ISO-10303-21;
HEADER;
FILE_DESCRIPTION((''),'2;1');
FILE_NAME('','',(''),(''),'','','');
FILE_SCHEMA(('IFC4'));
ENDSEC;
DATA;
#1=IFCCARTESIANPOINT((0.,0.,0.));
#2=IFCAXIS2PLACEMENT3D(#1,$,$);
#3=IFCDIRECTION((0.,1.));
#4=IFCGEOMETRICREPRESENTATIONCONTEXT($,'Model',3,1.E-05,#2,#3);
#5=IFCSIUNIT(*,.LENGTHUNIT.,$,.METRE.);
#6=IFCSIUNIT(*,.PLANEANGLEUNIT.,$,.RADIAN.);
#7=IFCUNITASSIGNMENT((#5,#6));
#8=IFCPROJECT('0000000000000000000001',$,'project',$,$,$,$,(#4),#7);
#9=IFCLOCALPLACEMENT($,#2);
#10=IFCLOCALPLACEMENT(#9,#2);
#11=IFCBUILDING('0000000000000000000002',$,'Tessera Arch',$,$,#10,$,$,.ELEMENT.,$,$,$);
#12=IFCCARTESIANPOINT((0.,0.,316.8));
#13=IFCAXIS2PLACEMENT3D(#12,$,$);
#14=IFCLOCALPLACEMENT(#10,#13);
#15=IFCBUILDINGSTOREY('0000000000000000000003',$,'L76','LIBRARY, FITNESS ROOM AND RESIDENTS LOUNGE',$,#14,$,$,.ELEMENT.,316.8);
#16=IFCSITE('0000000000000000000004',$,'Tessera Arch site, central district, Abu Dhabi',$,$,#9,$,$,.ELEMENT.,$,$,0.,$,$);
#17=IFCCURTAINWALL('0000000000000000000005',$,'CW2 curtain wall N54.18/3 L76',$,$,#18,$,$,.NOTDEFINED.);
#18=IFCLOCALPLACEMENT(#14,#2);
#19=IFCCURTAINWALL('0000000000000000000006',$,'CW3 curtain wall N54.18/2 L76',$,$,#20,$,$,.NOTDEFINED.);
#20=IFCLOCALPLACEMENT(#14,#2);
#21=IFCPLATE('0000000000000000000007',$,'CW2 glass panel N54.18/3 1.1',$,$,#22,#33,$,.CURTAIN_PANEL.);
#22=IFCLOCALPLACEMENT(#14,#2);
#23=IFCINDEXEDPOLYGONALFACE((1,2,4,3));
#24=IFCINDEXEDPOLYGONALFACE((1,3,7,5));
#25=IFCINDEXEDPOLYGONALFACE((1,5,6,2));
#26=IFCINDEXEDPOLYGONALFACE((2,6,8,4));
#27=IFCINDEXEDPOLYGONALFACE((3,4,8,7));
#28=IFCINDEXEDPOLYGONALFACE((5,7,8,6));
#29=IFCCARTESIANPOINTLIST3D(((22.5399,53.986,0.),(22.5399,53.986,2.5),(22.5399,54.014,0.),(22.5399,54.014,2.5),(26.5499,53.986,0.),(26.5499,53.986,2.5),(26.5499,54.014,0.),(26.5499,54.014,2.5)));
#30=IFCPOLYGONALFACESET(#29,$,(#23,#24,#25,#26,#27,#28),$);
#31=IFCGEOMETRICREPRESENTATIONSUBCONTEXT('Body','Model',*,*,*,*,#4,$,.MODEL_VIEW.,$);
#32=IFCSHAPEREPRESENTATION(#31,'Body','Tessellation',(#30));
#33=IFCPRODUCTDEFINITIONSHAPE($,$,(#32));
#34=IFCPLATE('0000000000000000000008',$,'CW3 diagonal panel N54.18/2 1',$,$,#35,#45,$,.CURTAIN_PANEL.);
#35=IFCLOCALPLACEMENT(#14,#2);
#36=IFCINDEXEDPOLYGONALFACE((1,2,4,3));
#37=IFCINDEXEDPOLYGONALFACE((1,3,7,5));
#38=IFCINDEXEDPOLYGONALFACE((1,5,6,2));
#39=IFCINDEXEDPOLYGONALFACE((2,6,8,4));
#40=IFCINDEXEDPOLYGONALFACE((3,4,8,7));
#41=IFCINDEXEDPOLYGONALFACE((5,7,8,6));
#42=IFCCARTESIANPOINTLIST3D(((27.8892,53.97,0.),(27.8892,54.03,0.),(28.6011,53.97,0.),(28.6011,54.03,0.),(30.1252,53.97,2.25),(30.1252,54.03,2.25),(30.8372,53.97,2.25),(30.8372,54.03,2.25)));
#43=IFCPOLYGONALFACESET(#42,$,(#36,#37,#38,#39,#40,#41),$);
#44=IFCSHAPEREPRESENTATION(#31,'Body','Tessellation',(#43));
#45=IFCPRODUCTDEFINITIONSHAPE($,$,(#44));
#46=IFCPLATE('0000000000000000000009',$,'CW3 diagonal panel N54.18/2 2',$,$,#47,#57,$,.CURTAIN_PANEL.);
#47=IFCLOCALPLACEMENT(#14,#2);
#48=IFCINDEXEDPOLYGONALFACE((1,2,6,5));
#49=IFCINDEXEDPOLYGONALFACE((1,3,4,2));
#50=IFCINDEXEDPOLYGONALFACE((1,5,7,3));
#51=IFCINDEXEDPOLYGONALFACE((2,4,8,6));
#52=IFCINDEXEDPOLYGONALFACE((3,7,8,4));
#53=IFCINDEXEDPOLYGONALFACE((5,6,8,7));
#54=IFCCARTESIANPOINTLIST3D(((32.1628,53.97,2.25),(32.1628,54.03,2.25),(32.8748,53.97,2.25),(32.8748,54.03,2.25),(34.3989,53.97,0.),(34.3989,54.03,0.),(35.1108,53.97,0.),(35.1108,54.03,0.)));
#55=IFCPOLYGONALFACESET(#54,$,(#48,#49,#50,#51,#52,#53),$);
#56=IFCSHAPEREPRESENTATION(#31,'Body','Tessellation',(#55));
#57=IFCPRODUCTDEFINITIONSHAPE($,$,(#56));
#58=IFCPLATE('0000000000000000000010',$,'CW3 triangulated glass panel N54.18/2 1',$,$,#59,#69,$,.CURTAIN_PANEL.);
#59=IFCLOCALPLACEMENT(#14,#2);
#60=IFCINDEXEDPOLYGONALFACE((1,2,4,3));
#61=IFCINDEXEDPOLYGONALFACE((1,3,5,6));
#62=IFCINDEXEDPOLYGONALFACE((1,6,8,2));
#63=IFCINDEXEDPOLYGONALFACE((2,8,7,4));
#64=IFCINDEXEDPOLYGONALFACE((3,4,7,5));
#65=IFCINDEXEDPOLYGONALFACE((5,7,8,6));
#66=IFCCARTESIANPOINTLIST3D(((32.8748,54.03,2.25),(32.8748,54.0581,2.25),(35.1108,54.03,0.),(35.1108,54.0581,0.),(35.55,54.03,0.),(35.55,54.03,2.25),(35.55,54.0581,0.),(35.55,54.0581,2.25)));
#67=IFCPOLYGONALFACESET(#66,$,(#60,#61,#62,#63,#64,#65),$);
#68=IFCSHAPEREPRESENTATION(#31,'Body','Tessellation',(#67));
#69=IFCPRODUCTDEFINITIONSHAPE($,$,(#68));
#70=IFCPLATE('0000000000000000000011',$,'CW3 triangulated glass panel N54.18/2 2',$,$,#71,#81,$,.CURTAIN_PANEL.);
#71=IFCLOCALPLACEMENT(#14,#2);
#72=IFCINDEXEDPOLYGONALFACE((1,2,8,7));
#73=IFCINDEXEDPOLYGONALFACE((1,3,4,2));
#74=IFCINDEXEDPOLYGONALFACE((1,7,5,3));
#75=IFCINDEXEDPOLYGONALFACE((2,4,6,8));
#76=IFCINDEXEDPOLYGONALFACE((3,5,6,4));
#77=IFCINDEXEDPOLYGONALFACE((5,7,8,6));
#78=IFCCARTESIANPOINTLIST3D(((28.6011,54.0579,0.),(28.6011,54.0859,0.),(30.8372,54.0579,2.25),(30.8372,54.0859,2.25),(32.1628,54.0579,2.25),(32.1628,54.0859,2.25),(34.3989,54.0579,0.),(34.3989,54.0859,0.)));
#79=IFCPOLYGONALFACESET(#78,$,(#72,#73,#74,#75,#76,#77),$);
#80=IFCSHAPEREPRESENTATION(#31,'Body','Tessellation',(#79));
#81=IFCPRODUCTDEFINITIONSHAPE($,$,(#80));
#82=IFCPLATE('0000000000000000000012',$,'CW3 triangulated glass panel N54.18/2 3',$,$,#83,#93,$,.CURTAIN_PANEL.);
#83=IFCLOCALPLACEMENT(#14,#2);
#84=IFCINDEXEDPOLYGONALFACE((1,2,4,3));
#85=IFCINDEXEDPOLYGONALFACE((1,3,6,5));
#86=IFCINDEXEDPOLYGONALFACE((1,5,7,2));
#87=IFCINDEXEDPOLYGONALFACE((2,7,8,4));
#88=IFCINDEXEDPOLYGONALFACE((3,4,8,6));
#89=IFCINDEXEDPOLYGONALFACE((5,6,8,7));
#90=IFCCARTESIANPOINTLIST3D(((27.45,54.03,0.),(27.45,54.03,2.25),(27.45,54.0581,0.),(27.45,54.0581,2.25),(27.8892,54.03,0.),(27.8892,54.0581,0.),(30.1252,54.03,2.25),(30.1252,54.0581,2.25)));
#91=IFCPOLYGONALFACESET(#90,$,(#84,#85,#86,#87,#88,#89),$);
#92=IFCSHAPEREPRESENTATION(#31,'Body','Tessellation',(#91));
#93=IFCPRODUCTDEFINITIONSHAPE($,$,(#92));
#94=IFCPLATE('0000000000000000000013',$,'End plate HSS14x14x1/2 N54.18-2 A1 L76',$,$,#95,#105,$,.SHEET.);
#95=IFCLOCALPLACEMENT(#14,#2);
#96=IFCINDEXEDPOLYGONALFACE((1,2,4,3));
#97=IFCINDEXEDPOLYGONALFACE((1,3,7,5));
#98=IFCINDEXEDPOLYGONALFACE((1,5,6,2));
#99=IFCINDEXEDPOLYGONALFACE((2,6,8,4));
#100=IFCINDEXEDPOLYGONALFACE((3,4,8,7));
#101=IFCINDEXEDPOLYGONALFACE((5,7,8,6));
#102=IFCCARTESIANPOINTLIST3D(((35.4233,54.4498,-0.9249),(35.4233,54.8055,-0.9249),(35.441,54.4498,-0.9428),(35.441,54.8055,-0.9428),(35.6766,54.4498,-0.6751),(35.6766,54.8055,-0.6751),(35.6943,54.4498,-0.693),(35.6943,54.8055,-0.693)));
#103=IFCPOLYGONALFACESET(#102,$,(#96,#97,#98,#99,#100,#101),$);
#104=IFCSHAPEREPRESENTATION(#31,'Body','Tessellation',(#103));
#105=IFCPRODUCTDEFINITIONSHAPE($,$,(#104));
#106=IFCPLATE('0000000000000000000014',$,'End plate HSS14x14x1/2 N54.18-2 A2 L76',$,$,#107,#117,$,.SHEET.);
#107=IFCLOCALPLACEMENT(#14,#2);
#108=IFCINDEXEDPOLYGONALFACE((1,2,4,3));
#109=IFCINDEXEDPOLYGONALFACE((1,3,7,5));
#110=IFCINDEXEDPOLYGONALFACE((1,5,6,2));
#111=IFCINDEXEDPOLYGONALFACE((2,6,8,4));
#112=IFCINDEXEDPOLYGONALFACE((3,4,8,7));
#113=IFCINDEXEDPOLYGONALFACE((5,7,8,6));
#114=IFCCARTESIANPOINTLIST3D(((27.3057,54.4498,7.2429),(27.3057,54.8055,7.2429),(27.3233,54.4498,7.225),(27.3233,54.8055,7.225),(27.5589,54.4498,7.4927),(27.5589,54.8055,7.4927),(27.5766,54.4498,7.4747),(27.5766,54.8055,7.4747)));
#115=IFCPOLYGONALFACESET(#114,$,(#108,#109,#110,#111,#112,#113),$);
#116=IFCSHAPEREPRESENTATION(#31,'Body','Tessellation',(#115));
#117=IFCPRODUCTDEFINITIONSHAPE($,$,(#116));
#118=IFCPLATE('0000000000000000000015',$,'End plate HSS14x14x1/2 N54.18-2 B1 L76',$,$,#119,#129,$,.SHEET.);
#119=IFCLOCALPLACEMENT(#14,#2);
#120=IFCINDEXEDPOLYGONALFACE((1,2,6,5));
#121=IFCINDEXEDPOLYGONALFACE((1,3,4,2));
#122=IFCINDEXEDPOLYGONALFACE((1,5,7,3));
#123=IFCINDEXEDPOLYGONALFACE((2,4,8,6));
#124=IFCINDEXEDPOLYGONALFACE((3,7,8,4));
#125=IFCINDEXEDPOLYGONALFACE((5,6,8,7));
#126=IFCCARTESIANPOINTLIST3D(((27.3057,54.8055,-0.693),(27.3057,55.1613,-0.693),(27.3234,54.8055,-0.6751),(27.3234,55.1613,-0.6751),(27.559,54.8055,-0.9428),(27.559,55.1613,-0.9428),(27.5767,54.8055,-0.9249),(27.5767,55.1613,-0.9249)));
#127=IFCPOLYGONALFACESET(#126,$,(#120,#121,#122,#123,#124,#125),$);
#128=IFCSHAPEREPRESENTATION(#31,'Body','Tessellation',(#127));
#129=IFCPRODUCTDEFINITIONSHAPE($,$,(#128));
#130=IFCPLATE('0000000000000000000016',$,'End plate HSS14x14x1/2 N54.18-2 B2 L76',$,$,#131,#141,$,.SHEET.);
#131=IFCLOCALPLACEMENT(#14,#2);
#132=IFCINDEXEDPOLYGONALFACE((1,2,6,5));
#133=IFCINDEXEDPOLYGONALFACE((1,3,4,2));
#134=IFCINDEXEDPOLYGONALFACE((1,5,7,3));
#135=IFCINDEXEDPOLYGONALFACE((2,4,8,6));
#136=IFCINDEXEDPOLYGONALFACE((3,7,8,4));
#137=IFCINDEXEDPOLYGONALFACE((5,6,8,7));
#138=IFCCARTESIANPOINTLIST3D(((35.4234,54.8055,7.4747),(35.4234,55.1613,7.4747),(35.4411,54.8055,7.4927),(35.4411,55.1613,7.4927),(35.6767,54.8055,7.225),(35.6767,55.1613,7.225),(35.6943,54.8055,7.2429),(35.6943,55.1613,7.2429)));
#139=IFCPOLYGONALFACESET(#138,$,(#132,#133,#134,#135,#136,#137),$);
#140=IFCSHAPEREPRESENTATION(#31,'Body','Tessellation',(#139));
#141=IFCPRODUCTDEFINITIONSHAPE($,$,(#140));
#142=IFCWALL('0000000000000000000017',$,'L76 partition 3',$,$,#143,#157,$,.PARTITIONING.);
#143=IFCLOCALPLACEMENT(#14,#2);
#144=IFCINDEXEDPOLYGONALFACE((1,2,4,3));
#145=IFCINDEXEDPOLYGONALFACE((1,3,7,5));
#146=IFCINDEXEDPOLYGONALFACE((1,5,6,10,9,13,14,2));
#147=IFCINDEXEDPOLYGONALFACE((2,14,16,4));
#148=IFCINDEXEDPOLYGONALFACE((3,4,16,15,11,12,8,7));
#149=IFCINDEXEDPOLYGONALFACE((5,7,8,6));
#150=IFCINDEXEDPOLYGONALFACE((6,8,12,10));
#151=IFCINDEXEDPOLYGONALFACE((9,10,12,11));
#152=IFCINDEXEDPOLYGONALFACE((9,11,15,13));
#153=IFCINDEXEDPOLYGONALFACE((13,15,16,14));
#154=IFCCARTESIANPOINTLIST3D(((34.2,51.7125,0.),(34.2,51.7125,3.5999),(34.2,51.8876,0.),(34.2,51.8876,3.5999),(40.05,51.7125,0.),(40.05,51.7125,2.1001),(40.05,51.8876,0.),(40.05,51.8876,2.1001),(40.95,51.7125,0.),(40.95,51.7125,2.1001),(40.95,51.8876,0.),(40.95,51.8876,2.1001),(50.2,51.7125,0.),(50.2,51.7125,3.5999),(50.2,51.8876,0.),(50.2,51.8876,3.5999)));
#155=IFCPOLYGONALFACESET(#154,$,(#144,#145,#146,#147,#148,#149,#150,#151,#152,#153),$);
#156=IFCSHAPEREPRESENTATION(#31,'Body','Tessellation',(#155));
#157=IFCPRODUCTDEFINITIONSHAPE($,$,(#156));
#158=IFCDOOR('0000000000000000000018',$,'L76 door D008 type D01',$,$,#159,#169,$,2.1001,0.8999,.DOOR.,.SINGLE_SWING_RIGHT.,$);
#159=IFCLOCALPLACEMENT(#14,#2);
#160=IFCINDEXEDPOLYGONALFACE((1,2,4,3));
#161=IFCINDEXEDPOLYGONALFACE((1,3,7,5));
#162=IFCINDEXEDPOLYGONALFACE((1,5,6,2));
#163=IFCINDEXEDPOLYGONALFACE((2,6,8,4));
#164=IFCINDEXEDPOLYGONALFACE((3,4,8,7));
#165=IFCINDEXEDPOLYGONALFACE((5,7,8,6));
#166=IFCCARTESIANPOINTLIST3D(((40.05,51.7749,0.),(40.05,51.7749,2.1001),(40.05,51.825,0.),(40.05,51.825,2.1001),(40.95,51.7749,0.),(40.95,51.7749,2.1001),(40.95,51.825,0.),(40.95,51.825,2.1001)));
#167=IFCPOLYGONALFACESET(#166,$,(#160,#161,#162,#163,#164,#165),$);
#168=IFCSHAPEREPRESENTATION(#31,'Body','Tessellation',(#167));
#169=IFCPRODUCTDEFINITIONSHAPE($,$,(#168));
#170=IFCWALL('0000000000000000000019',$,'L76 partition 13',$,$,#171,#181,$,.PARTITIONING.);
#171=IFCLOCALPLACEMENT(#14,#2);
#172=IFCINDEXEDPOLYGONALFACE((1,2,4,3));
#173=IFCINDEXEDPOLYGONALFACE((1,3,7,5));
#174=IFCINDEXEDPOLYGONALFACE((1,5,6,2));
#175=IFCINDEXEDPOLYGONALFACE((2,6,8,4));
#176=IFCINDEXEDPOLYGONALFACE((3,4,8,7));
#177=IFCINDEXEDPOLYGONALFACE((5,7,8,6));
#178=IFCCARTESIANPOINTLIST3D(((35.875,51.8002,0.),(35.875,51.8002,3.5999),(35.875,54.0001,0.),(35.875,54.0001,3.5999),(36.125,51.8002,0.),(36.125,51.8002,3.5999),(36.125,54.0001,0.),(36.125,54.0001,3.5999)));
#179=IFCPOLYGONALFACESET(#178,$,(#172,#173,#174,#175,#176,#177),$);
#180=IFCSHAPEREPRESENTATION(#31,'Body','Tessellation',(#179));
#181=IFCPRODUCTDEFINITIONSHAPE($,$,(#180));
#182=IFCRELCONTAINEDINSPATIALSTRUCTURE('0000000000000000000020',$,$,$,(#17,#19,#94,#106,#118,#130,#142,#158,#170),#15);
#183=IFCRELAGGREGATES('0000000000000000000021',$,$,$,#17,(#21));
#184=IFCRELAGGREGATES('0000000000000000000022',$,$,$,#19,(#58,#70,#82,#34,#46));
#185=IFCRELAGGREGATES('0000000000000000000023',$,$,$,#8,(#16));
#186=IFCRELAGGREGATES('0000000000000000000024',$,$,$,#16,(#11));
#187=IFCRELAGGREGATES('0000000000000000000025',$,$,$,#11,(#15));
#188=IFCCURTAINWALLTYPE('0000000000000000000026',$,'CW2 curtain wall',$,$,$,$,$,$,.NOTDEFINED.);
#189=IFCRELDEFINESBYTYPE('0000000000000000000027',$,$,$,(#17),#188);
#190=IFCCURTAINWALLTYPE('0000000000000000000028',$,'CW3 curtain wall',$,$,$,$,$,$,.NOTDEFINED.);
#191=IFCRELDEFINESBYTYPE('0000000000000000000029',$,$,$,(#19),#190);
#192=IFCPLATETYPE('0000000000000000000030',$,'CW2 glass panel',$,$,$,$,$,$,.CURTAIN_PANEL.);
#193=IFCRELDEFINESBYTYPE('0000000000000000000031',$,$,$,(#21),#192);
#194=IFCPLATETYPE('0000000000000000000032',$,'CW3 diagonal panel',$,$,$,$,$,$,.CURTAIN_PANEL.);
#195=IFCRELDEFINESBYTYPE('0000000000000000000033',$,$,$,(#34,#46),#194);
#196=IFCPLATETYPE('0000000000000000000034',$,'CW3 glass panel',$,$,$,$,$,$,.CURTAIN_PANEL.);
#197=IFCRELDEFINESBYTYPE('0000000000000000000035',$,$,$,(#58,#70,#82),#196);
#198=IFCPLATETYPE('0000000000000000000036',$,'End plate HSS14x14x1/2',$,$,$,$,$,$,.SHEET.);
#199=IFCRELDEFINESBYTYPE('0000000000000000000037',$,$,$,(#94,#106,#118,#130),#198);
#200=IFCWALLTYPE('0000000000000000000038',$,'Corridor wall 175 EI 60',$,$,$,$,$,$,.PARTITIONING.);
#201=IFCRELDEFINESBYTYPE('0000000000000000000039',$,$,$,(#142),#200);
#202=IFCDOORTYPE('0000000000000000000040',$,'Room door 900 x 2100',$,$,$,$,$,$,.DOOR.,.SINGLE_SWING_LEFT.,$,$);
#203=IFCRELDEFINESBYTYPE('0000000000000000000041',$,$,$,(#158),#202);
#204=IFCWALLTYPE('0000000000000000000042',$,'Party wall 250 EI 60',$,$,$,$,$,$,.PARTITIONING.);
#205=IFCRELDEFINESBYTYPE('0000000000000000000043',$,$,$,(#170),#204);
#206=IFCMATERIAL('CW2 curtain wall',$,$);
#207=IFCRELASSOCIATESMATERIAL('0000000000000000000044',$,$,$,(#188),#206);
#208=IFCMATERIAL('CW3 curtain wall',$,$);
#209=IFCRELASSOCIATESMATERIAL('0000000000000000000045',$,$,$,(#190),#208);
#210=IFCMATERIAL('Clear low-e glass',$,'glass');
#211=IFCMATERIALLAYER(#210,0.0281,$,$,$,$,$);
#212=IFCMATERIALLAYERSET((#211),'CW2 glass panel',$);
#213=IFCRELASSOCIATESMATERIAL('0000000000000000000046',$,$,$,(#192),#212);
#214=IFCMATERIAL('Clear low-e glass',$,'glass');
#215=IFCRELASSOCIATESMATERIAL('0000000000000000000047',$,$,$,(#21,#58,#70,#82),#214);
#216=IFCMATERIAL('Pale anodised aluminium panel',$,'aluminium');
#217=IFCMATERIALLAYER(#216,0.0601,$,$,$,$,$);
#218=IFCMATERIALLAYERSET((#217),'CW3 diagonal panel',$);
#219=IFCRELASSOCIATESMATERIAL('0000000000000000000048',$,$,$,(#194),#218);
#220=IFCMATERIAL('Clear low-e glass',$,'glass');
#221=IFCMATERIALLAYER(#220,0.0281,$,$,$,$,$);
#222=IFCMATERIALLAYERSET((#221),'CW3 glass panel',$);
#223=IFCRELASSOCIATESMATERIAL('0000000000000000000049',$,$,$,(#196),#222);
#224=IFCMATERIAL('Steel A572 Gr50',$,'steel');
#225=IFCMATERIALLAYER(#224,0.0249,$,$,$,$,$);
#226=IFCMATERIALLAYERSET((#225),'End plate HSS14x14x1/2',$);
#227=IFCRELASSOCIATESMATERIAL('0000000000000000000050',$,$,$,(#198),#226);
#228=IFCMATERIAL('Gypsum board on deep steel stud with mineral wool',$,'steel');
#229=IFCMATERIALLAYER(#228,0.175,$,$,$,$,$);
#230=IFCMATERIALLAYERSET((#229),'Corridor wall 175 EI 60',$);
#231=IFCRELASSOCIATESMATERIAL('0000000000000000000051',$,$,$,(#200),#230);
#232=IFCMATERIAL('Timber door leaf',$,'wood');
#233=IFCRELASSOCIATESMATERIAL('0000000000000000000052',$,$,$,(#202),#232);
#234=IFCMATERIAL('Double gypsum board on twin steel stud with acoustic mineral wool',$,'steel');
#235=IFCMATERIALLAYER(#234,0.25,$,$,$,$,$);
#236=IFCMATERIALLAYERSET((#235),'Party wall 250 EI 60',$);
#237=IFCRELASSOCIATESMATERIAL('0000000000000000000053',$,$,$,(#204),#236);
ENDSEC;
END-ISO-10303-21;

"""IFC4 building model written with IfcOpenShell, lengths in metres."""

from ifc_helpers import new_model, si_unit, direction, frame, frame_2d, origin, origin_2d, place, context, subcontext, project, spatial, polyline, rectangle, outline, extrude, material, layer, layer_set, type_object, element, fill, aggregate, save


model = new_model("IFC4")

# Units and contexts
model_context = context("Model", 3, precision=1e-05, world=origin(), true_north=direction((0.0, 1.0)))
body_context = subcontext(model_context, "Body", "Model", "MODEL_VIEW")
ifc_project = project(units=[si_unit("LENGTHUNIT", "METRE"), si_unit("PLANEANGLEUNIT", "RADIAN")], contexts=[model_context])

# Site, building, storey
site_placement = place(None, origin())
site = spatial("IfcSite", under=ifc_project, at=site_placement, Name="Tessera Arch site, central district, Abu Dhabi", CompositionType="ELEMENT", RefElevation=0.0)
building_placement = place(site_placement, origin())
building = spatial("IfcBuilding", under=site, at=building_placement, Name="Tessera Arch", CompositionType="ELEMENT")
storey_placement = place(building_placement, frame((0.0, 0.0, 316.8)))
storey = spatial("IfcBuildingStorey", under=building, at=storey_placement, Name="L76", Description="LIBRARY, FITNESS ROOM AND RESIDENTS LOUNGE", CompositionType="ELEMENT", Elevation=316.8)

# Curtain walls
ifc_material_1 = material(Name="CW2 curtain wall")
curtain_wall_type_1 = type_object("IfcCurtainWallType", Name="CW2 curtain wall", PredefinedType="NOTDEFINED", material=ifc_material_1)
curtain_wall_1_placement = place(storey_placement, origin())
curtain_wall_1 = element("IfcCurtainWall", 1, at=curtain_wall_1_placement, inside=storey, type_object=curtain_wall_type_1, Name="CW2 curtain wall N54.18/3 L76", PredefinedType="NOTDEFINED")
ifc_material_2 = material(Name="CW3 curtain wall")
curtain_wall_type_2 = type_object("IfcCurtainWallType", Name="CW3 curtain wall", PredefinedType="NOTDEFINED", material=ifc_material_2)
curtain_wall_2_placement = place(storey_placement, origin())
curtain_wall_2 = element("IfcCurtainWall", 2, at=curtain_wall_2_placement, inside=storey, type_object=curtain_wall_type_2, Name="CW3 curtain wall N54.18/2 L76", PredefinedType="NOTDEFINED")

# Plates
ifc_material_3 = material(Name="Clear low-e glass", Category="glass")
ifc_material_4 = material(Name="Clear low-e glass", Category="glass")
ifc_layer_1 = layer(ifc_material_4, 0.0281)
ifc_layer_set_1 = layer_set([ifc_layer_1], Name="CW2 glass panel")
plate_type_1 = type_object("IfcPlateType", Name="CW2 glass panel", PredefinedType="CURTAIN_PANEL", material=ifc_layer_set_1)
plate_1_placement = place(storey_placement, frame((24.5449, 54.0, 0.0), z_axis=(0.0, 0.0, 1.0), x_axis=(-1.0, 0.0, 0.0)))
plate_1 = element("IfcPlate", 3, at=plate_1_placement, type_object=plate_type_1, material=ifc_material_3, Name="CW2 glass panel N54.18/3 1.1", PredefinedType="CURTAIN_PANEL", context=body_context, shape_type="SweptSolid", body=[
    extrude(rectangle(XDim=4.01, YDim=0.0281, at=origin_2d()), origin(), (0.0, 0.0, 1.0), 2.5),
])
aggregate(curtain_wall_1, [plate_1])
ifc_material_5 = material(Name="Pale anodised aluminium panel", Category="aluminium")
ifc_layer_2 = layer(ifc_material_5, 0.0601)
ifc_layer_set_2 = layer_set([ifc_layer_2], Name="CW3 diagonal panel")
plate_type_2 = type_object("IfcPlateType", Name="CW3 diagonal panel", PredefinedType="CURTAIN_PANEL", material=ifc_layer_set_2)
plate_2_placement = place(storey_placement, frame((30.1252, 54.03, 2.25), z_axis=(0.0, 1.0, 0.0), x_axis=(1.0, 0.0, 0.0)))
plate_2 = element("IfcPlate", 4, at=plate_2_placement, type_object=plate_type_2, Name="CW3 diagonal panel N54.18/2 1", PredefinedType="CURTAIN_PANEL", context=body_context, shape_type="SweptSolid", body=[
    extrude(outline(polyline([(0.0, 0.0), (0.7119, 0.0), (-1.5242, 2.25), (-2.2361, 2.25), (0.0, 0.0)])), origin(), (0.0, 0.0, -1.0), 0.0601),
])
plate_3_placement = place(storey_placement, frame((32.1628, 54.03, 2.25), z_axis=(0.0, 1.0, 0.0), x_axis=(1.0, 0.0, 0.0)))
plate_3 = element("IfcPlate", 5, at=plate_3_placement, type_object=plate_type_2, Name="CW3 diagonal panel N54.18/2 2", PredefinedType="CURTAIN_PANEL", context=body_context, shape_type="SweptSolid", body=[
    extrude(outline(polyline([(0.0, 0.0), (0.7119, 0.0), (2.948, 2.25), (2.2361, 2.25), (0.0, 0.0)])), origin(), (0.0, 0.0, -1.0), 0.0601),
])
ifc_material_6 = material(Name="Clear low-e glass", Category="glass")
ifc_layer_3 = layer(ifc_material_6, 0.0281)
ifc_layer_set_3 = layer_set([ifc_layer_3], Name="CW3 glass panel")
plate_type_3 = type_object("IfcPlateType", Name="CW3 glass panel", PredefinedType="CURTAIN_PANEL", material=ifc_layer_set_3)
plate_4_placement = place(storey_placement, frame((35.55, 54.0581, 0.0), z_axis=(0.0, 1.0, 0.0), x_axis=(-1.0, 0.0, 0.0)))
plate_4 = element("IfcPlate", 6, at=plate_4_placement, type_object=plate_type_3, material=ifc_material_3, Name="CW3 triangulated glass panel N54.18/2 1", PredefinedType="CURTAIN_PANEL", context=body_context, shape_type="SweptSolid", body=[
    extrude(outline(polyline([(0.0, 0.0), (0.4392, 0.0), (2.6753, 2.25), (0.0, 2.25), (0.0, 0.0)])), origin(), (0.0, 0.0, -1.0), 0.0281),
])
plate_5_placement = place(storey_placement, frame((30.8372, 54.0859, 2.25), z_axis=(0.0, 1.0, 0.0), x_axis=(1.0, 0.0, 0.0)))
plate_5 = element("IfcPlate", 7, at=plate_5_placement, type_object=plate_type_3, material=ifc_material_3, Name="CW3 triangulated glass panel N54.18/2 2", PredefinedType="CURTAIN_PANEL", context=body_context, shape_type="SweptSolid", body=[
    extrude(outline(polyline([(0.0, 0.0), (1.3257, 0.0), (3.5618, 2.25), (-2.2361, 2.25), (0.0, 0.0)])), origin(), (0.0, 0.0, -1.0), 0.0281),
])
plate_6_placement = place(storey_placement, frame((27.45, 54.0581, 2.25), z_axis=(0.0, 1.0, 0.0), x_axis=(1.0, 0.0, 0.0)))
plate_6 = element("IfcPlate", 8, at=plate_6_placement, type_object=plate_type_3, material=ifc_material_3, Name="CW3 triangulated glass panel N54.18/2 3", PredefinedType="CURTAIN_PANEL", context=body_context, shape_type="SweptSolid", body=[
    extrude(outline(polyline([(0.0, 0.0), (2.6753, 0.0), (0.4392, 2.25), (0.0, 2.25), (0.0, 0.0)])), origin(), (0.0, 0.0, -1.0), 0.0281),
])
aggregate(curtain_wall_2, [plate_4, plate_5, plate_6, plate_2, plate_3])

# Plates
ifc_material_7 = material(Name="Steel A572 Gr50", Category="steel")
ifc_layer_4 = layer(ifc_material_7, 0.0249)
ifc_layer_set_4 = layer_set([ifc_layer_4], Name="End plate HSS14x14x1/2")
plate_type_4 = type_object("IfcPlateType", Name="End plate HSS14x14x1/2", PredefinedType="SHEET", material=ifc_layer_set_4)
for number, where, z_axis, x_axis, name in (
    (9, (35.5676, 54.6277, -0.8179), (-0.702213, 0.0, 0.711966), (0.0, -1.0, 0.0), "End plate HSS14x14x1/2 N54.18-2 A1 L76"),
    (10, (27.45, 54.6277, 7.3499), (-0.702213, 0.0, 0.711966), (0.0, -1.0, 0.0), "End plate HSS14x14x1/2 N54.18-2 A2 L76"),
    (11, (27.4324, 54.9834, -0.8179), (0.702213, 0.0, 0.711966), (0.0, 1.0, 0.0), "End plate HSS14x14x1/2 N54.18-2 B1 L76"),
    (12, (35.55, 54.9834, 7.3499), (0.702213, 0.0, 0.711966), (0.0, 1.0, 0.0), "End plate HSS14x14x1/2 N54.18-2 B2 L76"),
):
    element("IfcPlate", number, at=place(storey_placement, frame(where, z_axis=z_axis, x_axis=x_axis)), inside=storey, type_object=plate_type_4, Name=name, PredefinedType="SHEET", context=body_context, shape_type="SweptSolid", body=[
        extrude(rectangle(XDim=0.3557, YDim=0.3557, at=origin_2d()), origin(), (0.0, 0.0, 1.0), 0.0251),
    ])

# Wall, opening, door
ifc_material_8 = material(Name="Gypsum board on deep steel stud with mineral wool", Category="steel")
ifc_layer_5 = layer(ifc_material_8, 0.175)
ifc_layer_set_5 = layer_set([ifc_layer_5], Name="Corridor wall 175 EI 60")
wall_type_1 = type_object("IfcWallType", Name="Corridor wall 175 EI 60", PredefinedType="PARTITIONING", material=ifc_layer_set_5)
wall_1_placement = place(storey_placement, frame((34.2, 51.8, 0.0), z_axis=(0.0, 0.0, 1.0), x_axis=(1.0, 0.0, 0.0)))
wall_1 = element("IfcWall", 13, at=wall_1_placement, inside=storey, type_object=wall_type_1, Name="L76 partition 3", PredefinedType="PARTITIONING", context=body_context, shape_type="SweptSolid", body=[
    extrude(rectangle(XDim=16.0, YDim=0.175, at=frame_2d((8.0, 0.0))), origin(), (0.0, 0.0, 1.0), 3.5999),
])
opening_placement = place(wall_1_placement, frame((5.8501, 0.0, 0.0)))
opening = element("IfcOpeningElement", 14, at=opening_placement, cuts=wall_1, PredefinedType="OPENING", context=body_context, shape_type="SweptSolid", body=[
    extrude(rectangle(XDim=0.8999, YDim=2.1001, at=frame_2d((0.45, 1.05))), frame((0.0, 0.0974, 0.0), z_axis=(0.0, -1.0, 0.0), x_axis=(1.0, 0.0, 0.0)), (0.0, 0.0, 1.0), 0.1951),
])
ifc_material_9 = material(Name="Timber door leaf", Category="wood")
door_type = type_object("IfcDoorType", Name="Room door 900 x 2100", OperationType="SINGLE_SWING_LEFT", PredefinedType="DOOR", material=ifc_material_9)
door_placement = place(opening_placement, origin())
door = element("IfcDoor", 15, at=door_placement, inside=storey, type_object=door_type, Name="L76 door D008 type D01", OperationType="SINGLE_SWING_RIGHT", OverallHeight=2.1001, OverallWidth=0.8999, PredefinedType="DOOR", context=body_context, shape_type="SweptSolid", body=[
    extrude(rectangle(XDim=0.8999, YDim=2.1001, at=frame_2d((0.45, 1.05))), frame((0.0, 0.0249, 0.0), z_axis=(0.0, -1.0, 0.0), x_axis=(1.0, 0.0, 0.0)), (0.0, 0.0, 1.0), 0.05),
])
fill(opening, door)

# Wall
ifc_material_10 = material(Name="Double gypsum board on twin steel stud with acoustic mineral wool", Category="steel")
ifc_layer_6 = layer(ifc_material_10, 0.25)
ifc_layer_set_6 = layer_set([ifc_layer_6], Name="Party wall 250 EI 60")
wall_type_2 = type_object("IfcWallType", Name="Party wall 250 EI 60", PredefinedType="PARTITIONING", material=ifc_layer_set_6)
wall_2_placement = place(storey_placement, frame((36.0, 51.8, 0.0), z_axis=(0.0, 0.0, 1.0), x_axis=(0.0, 1.0, 0.0)))
element("IfcWall", 16, at=wall_2_placement, inside=storey, type_object=wall_type_2, Name="L76 partition 13", PredefinedType="PARTITIONING", context=body_context, shape_type="SweptSolid", body=[
    extrude(rectangle(XDim=2.2, YDim=0.25, at=frame_2d((1.1001, 0.0))), origin(), (0.0, 0.0, 1.0), 3.5999),
])

save(model, "model.ifc")
